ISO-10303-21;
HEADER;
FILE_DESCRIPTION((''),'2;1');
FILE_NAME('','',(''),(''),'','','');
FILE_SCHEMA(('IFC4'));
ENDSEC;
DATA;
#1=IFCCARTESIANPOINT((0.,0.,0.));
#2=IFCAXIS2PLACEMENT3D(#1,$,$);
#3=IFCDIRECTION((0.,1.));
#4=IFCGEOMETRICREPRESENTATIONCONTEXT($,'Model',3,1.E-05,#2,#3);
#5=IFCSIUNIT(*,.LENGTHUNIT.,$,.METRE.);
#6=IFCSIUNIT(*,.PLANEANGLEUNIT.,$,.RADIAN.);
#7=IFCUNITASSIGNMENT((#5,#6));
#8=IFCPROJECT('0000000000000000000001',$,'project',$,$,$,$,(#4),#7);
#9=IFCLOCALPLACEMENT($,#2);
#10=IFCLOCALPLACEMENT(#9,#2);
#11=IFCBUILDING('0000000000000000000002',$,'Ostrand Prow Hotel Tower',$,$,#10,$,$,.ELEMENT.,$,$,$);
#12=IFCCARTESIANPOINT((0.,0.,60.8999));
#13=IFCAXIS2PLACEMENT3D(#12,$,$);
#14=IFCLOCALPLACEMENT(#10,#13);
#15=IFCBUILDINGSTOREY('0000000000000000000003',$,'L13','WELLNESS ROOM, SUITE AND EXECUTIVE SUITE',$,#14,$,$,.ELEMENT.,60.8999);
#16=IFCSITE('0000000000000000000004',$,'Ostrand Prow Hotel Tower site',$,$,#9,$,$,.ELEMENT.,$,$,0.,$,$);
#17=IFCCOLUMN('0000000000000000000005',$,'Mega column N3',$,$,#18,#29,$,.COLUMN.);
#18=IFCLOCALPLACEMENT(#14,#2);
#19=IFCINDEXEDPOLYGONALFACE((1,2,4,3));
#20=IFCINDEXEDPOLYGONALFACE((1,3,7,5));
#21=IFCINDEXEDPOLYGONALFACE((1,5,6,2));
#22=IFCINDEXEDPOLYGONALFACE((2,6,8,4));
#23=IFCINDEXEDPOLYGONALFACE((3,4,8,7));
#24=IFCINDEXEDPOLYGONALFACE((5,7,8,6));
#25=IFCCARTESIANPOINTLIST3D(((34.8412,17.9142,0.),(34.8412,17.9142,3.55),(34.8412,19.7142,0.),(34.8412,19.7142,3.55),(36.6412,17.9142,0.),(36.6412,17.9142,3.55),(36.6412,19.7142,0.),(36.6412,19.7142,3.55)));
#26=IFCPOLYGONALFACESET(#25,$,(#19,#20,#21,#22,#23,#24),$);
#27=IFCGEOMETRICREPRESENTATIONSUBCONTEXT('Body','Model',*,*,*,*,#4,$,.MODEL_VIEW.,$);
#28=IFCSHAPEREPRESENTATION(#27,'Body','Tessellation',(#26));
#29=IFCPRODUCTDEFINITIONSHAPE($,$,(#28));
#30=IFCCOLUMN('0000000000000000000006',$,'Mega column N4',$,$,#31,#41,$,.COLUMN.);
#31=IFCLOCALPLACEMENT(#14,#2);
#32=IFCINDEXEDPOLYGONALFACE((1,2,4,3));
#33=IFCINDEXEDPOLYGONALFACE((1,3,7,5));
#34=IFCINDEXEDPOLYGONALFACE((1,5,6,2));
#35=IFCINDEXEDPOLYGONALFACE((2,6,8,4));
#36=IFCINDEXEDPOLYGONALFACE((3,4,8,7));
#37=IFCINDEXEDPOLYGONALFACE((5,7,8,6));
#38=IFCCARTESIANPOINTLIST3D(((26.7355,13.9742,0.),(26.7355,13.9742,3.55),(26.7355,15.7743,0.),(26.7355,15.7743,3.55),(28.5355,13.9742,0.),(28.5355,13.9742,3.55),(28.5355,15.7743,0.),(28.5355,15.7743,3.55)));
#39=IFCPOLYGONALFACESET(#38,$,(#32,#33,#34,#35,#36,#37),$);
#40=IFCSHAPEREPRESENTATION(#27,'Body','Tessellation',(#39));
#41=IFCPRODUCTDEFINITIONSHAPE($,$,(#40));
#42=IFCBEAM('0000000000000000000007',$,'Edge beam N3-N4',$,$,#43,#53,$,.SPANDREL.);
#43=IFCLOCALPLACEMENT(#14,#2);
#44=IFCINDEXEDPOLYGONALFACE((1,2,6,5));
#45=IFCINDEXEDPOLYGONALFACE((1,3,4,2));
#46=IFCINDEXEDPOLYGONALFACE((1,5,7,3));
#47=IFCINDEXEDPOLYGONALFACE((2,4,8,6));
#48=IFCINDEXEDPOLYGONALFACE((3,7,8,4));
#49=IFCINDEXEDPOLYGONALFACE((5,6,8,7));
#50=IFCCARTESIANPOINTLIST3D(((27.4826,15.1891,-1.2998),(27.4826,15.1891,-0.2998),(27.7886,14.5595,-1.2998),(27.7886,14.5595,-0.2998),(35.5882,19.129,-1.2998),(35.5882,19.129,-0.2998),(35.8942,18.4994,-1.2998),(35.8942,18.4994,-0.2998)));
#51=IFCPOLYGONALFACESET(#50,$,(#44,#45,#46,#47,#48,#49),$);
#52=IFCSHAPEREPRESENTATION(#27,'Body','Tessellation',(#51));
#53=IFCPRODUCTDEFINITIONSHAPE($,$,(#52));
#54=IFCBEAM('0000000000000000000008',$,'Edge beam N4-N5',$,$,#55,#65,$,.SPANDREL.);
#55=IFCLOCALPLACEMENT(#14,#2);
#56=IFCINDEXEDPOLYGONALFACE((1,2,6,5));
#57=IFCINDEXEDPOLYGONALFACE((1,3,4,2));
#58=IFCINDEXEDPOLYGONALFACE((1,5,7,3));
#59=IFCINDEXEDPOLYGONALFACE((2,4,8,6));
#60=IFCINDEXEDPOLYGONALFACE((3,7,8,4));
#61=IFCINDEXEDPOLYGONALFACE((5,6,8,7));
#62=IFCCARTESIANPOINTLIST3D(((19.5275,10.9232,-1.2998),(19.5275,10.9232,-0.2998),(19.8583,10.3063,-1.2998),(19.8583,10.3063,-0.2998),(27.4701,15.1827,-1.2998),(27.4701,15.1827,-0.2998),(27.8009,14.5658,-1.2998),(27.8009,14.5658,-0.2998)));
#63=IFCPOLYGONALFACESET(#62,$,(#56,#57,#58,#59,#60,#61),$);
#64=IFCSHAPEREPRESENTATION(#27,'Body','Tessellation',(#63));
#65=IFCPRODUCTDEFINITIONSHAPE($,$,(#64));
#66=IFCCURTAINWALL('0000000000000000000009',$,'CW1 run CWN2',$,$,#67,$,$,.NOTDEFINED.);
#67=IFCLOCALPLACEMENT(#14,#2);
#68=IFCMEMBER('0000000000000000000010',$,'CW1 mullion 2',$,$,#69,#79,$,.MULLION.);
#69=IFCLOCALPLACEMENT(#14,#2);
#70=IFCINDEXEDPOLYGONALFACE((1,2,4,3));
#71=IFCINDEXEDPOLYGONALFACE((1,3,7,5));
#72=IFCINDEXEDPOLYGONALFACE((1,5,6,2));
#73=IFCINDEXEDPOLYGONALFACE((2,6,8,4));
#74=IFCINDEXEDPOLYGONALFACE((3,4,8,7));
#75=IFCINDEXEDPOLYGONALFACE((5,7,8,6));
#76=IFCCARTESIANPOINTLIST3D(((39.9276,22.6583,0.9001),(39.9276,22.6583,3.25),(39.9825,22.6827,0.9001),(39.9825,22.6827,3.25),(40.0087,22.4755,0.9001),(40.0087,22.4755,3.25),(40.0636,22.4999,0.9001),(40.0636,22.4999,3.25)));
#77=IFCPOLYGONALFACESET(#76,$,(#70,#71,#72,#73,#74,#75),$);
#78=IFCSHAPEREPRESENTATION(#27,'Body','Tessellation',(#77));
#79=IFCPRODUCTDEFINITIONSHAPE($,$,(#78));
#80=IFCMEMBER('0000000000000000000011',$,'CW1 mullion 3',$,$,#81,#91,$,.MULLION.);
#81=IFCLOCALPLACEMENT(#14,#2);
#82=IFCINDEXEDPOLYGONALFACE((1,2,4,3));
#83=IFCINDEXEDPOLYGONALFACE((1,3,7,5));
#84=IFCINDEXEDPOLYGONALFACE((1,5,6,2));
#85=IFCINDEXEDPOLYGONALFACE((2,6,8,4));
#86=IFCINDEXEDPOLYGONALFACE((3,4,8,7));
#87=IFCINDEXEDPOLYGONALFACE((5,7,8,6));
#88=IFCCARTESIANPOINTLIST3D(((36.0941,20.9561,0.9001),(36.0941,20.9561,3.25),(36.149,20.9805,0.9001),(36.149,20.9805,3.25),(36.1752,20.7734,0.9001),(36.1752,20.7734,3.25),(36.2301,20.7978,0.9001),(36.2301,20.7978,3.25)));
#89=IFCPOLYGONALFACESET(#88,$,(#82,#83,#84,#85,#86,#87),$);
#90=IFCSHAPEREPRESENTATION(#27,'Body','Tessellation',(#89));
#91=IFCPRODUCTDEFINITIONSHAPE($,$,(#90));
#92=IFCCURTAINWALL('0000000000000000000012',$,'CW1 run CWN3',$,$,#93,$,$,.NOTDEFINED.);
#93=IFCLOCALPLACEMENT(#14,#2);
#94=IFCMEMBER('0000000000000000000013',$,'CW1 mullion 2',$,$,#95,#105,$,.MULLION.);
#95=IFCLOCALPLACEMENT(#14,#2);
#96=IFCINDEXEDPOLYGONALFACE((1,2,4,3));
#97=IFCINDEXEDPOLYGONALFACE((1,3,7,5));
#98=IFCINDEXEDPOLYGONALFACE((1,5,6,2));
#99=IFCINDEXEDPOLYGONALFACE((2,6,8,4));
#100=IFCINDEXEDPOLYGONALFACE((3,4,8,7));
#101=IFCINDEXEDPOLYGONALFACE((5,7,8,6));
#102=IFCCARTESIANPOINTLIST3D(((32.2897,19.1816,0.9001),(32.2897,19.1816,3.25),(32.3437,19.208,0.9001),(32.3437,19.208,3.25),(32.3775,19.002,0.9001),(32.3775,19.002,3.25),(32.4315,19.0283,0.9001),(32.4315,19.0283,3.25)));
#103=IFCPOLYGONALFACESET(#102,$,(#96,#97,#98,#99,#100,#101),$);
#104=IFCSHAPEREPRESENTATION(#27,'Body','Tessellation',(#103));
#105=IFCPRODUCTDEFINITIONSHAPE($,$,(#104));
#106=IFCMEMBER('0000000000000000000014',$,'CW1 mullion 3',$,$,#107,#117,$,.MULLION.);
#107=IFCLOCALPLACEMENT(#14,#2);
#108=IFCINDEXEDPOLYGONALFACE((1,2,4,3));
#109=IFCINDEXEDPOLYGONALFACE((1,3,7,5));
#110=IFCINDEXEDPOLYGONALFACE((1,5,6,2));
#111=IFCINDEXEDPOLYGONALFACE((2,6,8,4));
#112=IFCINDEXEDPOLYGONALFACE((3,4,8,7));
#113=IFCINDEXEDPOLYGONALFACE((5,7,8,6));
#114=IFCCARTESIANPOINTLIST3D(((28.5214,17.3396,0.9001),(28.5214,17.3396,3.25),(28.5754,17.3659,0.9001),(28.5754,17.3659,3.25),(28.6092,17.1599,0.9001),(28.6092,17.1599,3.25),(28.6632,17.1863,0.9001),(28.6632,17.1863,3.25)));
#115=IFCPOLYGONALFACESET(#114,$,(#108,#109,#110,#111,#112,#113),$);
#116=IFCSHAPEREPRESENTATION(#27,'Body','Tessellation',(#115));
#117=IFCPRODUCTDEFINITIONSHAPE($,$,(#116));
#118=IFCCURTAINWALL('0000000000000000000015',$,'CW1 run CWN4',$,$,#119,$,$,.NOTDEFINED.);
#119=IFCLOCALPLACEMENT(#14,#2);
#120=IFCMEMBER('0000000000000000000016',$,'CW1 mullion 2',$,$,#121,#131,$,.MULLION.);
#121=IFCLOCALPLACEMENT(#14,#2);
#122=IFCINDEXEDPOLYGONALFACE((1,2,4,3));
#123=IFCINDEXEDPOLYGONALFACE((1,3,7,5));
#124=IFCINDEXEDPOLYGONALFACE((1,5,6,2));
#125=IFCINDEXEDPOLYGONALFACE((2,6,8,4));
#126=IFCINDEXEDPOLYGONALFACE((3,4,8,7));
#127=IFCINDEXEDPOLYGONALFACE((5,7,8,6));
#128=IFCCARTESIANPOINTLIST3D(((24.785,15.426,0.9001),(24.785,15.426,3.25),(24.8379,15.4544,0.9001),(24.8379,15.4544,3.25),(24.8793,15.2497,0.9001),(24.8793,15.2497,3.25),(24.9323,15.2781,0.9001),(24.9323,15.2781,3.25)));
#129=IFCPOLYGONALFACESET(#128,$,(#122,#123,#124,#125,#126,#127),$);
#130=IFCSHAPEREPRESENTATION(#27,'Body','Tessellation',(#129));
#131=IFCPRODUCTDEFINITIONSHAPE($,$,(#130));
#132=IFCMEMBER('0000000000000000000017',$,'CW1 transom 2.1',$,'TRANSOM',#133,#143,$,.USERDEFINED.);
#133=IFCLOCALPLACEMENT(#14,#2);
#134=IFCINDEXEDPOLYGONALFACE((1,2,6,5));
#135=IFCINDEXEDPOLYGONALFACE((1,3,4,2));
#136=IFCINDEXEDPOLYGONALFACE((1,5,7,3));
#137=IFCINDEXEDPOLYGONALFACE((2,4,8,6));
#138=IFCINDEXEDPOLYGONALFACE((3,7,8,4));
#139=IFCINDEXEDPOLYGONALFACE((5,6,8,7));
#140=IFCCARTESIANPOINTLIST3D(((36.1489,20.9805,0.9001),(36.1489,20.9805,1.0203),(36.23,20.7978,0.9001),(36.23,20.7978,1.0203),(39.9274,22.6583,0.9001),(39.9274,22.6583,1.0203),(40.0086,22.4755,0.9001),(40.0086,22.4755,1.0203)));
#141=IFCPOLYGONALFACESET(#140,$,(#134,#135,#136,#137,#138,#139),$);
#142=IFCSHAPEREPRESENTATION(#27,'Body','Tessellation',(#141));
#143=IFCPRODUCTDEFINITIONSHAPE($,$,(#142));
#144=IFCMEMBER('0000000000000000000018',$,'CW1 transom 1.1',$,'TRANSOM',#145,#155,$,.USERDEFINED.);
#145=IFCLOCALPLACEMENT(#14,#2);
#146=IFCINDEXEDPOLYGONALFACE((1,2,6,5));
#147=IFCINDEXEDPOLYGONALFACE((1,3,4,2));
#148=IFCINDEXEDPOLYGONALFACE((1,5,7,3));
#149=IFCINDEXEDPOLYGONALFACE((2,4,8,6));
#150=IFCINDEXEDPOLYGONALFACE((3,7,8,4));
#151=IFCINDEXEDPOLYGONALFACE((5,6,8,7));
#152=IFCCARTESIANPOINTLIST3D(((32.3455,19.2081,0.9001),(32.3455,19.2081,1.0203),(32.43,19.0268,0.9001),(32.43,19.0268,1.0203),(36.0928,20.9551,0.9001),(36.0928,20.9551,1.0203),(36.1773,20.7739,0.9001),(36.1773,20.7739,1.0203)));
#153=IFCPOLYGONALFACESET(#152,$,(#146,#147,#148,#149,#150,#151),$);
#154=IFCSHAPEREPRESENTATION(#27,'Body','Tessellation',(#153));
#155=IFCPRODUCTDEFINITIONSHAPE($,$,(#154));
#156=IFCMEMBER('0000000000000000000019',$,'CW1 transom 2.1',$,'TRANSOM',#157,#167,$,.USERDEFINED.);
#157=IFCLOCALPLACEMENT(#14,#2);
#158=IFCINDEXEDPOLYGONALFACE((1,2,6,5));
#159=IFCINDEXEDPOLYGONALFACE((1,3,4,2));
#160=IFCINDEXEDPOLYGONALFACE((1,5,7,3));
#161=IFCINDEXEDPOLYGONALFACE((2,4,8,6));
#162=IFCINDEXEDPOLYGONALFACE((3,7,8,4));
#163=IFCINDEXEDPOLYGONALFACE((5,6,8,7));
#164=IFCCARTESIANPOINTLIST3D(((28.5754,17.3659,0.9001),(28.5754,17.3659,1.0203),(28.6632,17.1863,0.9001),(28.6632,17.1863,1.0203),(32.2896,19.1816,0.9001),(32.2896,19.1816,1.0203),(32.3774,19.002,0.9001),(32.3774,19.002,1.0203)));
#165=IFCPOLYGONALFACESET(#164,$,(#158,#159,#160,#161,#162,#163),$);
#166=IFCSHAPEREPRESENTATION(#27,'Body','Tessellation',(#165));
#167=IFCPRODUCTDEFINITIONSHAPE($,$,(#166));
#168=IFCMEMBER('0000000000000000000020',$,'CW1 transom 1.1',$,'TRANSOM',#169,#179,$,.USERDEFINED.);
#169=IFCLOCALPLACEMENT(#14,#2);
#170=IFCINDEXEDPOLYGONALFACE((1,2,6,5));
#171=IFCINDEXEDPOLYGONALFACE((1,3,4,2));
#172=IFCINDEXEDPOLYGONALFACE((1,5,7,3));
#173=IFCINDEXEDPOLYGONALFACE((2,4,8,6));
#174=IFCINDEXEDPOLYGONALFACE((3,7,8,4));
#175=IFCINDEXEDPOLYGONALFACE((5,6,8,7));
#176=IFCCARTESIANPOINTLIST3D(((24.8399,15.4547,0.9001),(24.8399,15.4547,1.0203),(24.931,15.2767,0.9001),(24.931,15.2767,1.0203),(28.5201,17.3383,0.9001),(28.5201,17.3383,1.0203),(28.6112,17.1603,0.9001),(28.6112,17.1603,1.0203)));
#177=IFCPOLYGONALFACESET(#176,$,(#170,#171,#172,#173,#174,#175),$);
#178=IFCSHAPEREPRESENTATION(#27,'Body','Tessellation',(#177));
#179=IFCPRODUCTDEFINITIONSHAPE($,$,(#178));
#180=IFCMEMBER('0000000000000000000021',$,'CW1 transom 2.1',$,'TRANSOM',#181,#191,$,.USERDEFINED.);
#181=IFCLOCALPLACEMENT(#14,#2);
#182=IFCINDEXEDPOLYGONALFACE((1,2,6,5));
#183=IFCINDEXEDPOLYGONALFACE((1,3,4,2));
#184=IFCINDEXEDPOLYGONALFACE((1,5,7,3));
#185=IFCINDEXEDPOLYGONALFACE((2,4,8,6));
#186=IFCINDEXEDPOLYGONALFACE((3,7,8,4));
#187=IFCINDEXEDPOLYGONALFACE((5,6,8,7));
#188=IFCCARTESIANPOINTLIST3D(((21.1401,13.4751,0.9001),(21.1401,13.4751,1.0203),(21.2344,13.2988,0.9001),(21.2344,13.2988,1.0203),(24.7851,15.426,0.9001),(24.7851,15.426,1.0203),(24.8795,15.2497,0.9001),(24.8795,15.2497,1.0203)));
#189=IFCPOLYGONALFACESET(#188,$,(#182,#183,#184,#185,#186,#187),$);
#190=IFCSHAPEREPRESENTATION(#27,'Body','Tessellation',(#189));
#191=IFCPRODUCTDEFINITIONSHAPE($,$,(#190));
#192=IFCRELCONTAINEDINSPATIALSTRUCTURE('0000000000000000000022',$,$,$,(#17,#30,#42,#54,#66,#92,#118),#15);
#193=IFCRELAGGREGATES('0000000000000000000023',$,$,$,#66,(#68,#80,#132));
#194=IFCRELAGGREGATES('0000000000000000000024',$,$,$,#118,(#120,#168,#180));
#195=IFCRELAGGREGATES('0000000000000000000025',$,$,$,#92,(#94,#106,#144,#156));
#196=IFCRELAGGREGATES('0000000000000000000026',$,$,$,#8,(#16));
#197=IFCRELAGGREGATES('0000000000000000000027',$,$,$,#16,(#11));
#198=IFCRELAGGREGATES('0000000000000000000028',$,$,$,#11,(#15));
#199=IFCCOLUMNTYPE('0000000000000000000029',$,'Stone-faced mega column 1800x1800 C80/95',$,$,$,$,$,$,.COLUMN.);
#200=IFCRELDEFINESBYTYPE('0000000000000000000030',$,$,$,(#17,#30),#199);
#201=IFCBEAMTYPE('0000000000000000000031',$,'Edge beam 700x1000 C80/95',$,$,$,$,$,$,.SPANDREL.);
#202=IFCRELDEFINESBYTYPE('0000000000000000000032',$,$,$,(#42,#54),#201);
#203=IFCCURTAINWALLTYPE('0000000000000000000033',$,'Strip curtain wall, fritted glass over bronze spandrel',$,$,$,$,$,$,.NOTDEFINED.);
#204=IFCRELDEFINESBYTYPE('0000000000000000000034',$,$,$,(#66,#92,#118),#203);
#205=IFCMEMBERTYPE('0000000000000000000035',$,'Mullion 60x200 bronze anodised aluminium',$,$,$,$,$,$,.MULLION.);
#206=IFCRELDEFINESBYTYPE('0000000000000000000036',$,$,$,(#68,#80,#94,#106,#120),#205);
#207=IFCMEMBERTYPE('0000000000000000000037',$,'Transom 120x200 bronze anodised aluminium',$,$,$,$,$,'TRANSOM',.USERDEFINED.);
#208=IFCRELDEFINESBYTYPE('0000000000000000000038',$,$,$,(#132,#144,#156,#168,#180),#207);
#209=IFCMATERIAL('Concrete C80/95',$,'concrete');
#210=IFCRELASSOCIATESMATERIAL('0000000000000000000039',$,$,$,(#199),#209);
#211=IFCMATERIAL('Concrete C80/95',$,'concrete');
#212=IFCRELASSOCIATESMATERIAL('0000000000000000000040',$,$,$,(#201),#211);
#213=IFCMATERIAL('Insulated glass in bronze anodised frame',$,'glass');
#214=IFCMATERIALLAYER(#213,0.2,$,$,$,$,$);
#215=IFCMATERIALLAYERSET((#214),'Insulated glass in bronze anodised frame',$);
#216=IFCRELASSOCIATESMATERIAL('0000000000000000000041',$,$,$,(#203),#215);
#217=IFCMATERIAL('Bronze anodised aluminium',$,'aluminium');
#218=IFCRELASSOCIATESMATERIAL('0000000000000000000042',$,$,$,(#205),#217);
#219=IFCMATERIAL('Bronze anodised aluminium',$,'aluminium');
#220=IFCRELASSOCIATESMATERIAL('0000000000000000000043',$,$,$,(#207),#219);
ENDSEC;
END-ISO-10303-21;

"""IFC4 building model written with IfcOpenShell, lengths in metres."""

from ifc_helpers import new_model, si_unit, direction, frame, origin, origin_2d, place, context, subcontext, project, spatial, rectangle, extrude, material, layer, layer_set, material_profile, profile_set, type_object, element, aggregate, save


model = new_model("IFC4")

# Units and contexts
model_context = context("Model", 3, precision=1e-05, world=origin(), true_north=direction((0.0, 1.0)))
body_context = subcontext(model_context, "Body", "Model", "MODEL_VIEW")
ifc_project = project(units=[si_unit("LENGTHUNIT", "METRE"), si_unit("PLANEANGLEUNIT", "RADIAN")], contexts=[model_context])

# Site, building, storey
site_placement = place(None, origin())
site = spatial("IfcSite", under=ifc_project, at=site_placement, Name="Ostrand Prow Hotel Tower site", CompositionType="ELEMENT", RefElevation=0.0)
building_placement = place(site_placement, origin())
building = spatial("IfcBuilding", under=site, at=building_placement, Name="Ostrand Prow Hotel Tower", CompositionType="ELEMENT")
storey_placement = place(building_placement, frame((0.0, 0.0, 60.8999)))
storey = spatial("IfcBuildingStorey", under=building, at=storey_placement, Name="L13", Description="WELLNESS ROOM, SUITE AND EXECUTIVE SUITE", CompositionType="ELEMENT", Elevation=60.8999)

# Columns
ifc_material_1 = material(Name="Concrete C80/95", Category="concrete")
ifc_material_profile_1 = material_profile(ifc_material_1, rectangle(XDim=1.8, YDim=1.8, at=origin_2d()), Name="RC 1800x1800")
ifc_profile_set_1 = profile_set([ifc_material_profile_1], Name="Concrete C80/95")
column_type = type_object("IfcColumnType", Name="Stone-faced mega column 1800x1800 C80/95", PredefinedType="COLUMN", material=ifc_profile_set_1)
for number, where, z_axis, x_axis, name in (
    (1, (35.7412, 18.8142, 0.0), (0.0, 0.0, 1.0), (1.0, 0.0, 0.0), "Mega column N3"),
    (2, (27.6355, 14.8743, 0.0), (0.0, 0.0, 1.0), (1.0, 0.0, 0.0), "Mega column N4"),
):
    element("IfcColumn", number, at=place(storey_placement, frame(where, z_axis=z_axis, x_axis=x_axis)), inside=storey, type_object=column_type, Name=name, PredefinedType="COLUMN", context=body_context, shape_type="SweptSolid", body=[
        extrude(rectangle(XDim=1.8, YDim=1.8, at=origin_2d()), origin(), (0.0, 0.0, 1.0), 3.55),
    ])

# Beams
ifc_material_2 = material(Name="Concrete C80/95", Category="concrete")
ifc_material_profile_2 = material_profile(ifc_material_2, rectangle(XDim=0.7, YDim=1.0, at=origin_2d()), Name="RC 700x1000")
ifc_profile_set_2 = profile_set([ifc_material_profile_2], Name="Concrete C80/95")
beam_type = type_object("IfcBeamType", Name="Edge beam 700x1000 C80/95", PredefinedType="SPANDREL", material=ifc_profile_set_2)
beam_1_placement = place(storey_placement, frame((35.7412, 18.8142, -0.7998), z_axis=(-0.899382, -0.437163, 0.0), x_axis=(0.437163, -0.899382, 0.0)))
element("IfcBeam", 3, at=beam_1_placement, inside=storey, type_object=beam_type, Name="Edge beam N3-N4", PredefinedType="SPANDREL", context=body_context, shape_type="SweptSolid", body=[
    extrude(rectangle(XDim=0.7, YDim=1.0, at=origin_2d()), origin(), (0.0, 0.0, 1.0), 9.0125),
])
beam_2_placement = place(storey_placement, frame((27.6355, 14.8743, -0.7998), z_axis=(-0.88127, -0.472613, 0.0), x_axis=(0.472613, -0.88127, 0.0)))
element("IfcBeam", 4, at=beam_2_placement, inside=storey, type_object=beam_type, Name="Edge beam N4-N5", PredefinedType="SPANDREL", context=body_context, shape_type="SweptSolid", body=[
    extrude(rectangle(XDim=0.7, YDim=1.0, at=origin_2d()), origin(), (0.0, 0.0, 1.0), 9.0127),
])

# Curtain walls, members
ifc_material_3 = material(Name="Insulated glass in bronze anodised frame", Category="glass")
ifc_layer_1 = layer(ifc_material_3, 0.2)
ifc_layer_set_1 = layer_set([ifc_layer_1], Name="Insulated glass in bronze anodised frame")
curtain_wall_type = type_object("IfcCurtainWallType", Name="Strip curtain wall, fritted glass over bronze spandrel", PredefinedType="NOTDEFINED", material=ifc_layer_set_1)
curtain_wall_1_placement = place(storey_placement, origin())
curtain_wall_1 = element("IfcCurtainWall", 5, at=curtain_wall_1_placement, inside=storey, type_object=curtain_wall_type, Name="CW1 run CWN2", PredefinedType="NOTDEFINED")
ifc_material_4 = material(Name="Bronze anodised aluminium", Category="aluminium")
ifc_material_profile_3 = material_profile(ifc_material_4, rectangle(XDim=0.2, YDim=0.0601, at=origin_2d()), Name="Mullion 60x200 bronze anodised aluminium")
ifc_profile_set_3 = profile_set([ifc_material_profile_3], Name="Bronze anodised aluminium")
member_type_1 = type_object("IfcMemberType", Name="Mullion 60x200 bronze anodised aluminium", PredefinedType="MULLION", material=ifc_profile_set_3)
member_1_placement = place(storey_placement, frame((39.9956, 22.5791, 0.9001), z_axis=(0.0, 0.0, 1.0), x_axis=(0.40578, -0.913971, 0.0)))
member_1 = element("IfcMember", 6, at=member_1_placement, type_object=member_type_1, Name="CW1 mullion 2", PredefinedType="MULLION", context=body_context, shape_type="SweptSolid", body=[
    extrude(rectangle(XDim=0.2, YDim=0.0601, at=origin_2d()), origin(), (0.0, 0.0, 1.0), 2.3499),
])
member_2_placement = place(storey_placement, frame((36.1621, 20.877, 0.9001), z_axis=(0.0, 0.0, 1.0), x_axis=(0.40578, -0.913971, 0.0)))
member_2 = element("IfcMember", 7, at=member_2_placement, type_object=member_type_1, Name="CW1 mullion 3", PredefinedType="MULLION", context=body_context, shape_type="SweptSolid", body=[
    extrude(rectangle(XDim=0.2, YDim=0.0601, at=origin_2d()), origin(), (0.0, 0.0, 1.0), 2.3499),
])
curtain_wall_2_placement = place(storey_placement, origin())
curtain_wall_2 = element("IfcCurtainWall", 8, at=curtain_wall_2_placement, inside=storey, type_object=curtain_wall_type, Name="CW1 run CWN3", PredefinedType="NOTDEFINED")
member_3_placement = place(storey_placement, frame((32.3606, 19.105, 0.9001), z_axis=(0.0, 0.0, 1.0), x_axis=(0.439138, -0.89842, 0.0)))
member_3 = element("IfcMember", 9, at=member_3_placement, type_object=member_type_1, Name="CW1 mullion 2", PredefinedType="MULLION", context=body_context, shape_type="SweptSolid", body=[
    extrude(rectangle(XDim=0.2, YDim=0.0601, at=origin_2d()), origin(), (0.0, 0.0, 1.0), 2.3499),
])
member_4_placement = place(storey_placement, frame((28.5923, 17.2629, 0.9001), z_axis=(0.0, 0.0, 1.0), x_axis=(0.439138, -0.89842, 0.0)))
member_4 = element("IfcMember", 10, at=member_4_placement, type_object=member_type_1, Name="CW1 mullion 3", PredefinedType="MULLION", context=body_context, shape_type="SweptSolid", body=[
    extrude(rectangle(XDim=0.2, YDim=0.0601, at=origin_2d()), origin(), (0.0, 0.0, 1.0), 2.3499),
])

# Curtain wall, member
curtain_wall_3_placement = place(storey_placement, origin())
curtain_wall_3 = element("IfcCurtainWall", 11, at=curtain_wall_3_placement, inside=storey, type_object=curtain_wall_type, Name="CW1 run CWN4", PredefinedType="NOTDEFINED")
member_5_placement = place(storey_placement, frame((24.8586, 15.3521, 0.9001), z_axis=(0.0, 0.0, 1.0), x_axis=(0.4719, -0.881652, 0.0)))
member_5 = element("IfcMember", 12, at=member_5_placement, type_object=member_type_1, Name="CW1 mullion 2", PredefinedType="MULLION", context=body_context, shape_type="SweptSolid", body=[
    extrude(rectangle(XDim=0.2, YDim=0.0601, at=origin_2d()), origin(), (0.0, 0.0, 1.0), 2.3499),
])

# Members
ifc_material_5 = material(Name="Bronze anodised aluminium", Category="aluminium")
ifc_material_profile_4 = material_profile(ifc_material_5, rectangle(XDim=0.2, YDim=0.1201, at=origin_2d()), Name="Transom 120x200 bronze anodised aluminium")
ifc_profile_set_4 = profile_set([ifc_material_profile_4], Name="Bronze anodised aluminium")
member_type_2 = type_object("IfcMemberType", Name="Transom 120x200 bronze anodised aluminium", ElementType="TRANSOM", PredefinedType="USERDEFINED", material=ifc_profile_set_4)
member_6_placement = place(storey_placement, frame((39.968, 22.5669, 0.9602), z_axis=(-0.913958, -0.40581, 0.0), x_axis=(0.40581, -0.913958, 0.0)))
member_6 = element("IfcMember", 13, at=member_6_placement, type_object=member_type_2, Name="CW1 transom 2.1", ObjectType="TRANSOM", PredefinedType="USERDEFINED", context=body_context, shape_type="SweptSolid", body=[
    extrude(rectangle(XDim=0.2, YDim=0.1201, at=origin_2d()), origin(), (0.0, 0.0, 1.0), 4.1343),
])
member_7_placement = place(storey_placement, frame((36.135, 20.8645, 0.9602), z_axis=(-0.906338, -0.422552, 0.0), x_axis=(0.422552, -0.906338, 0.0)))
member_7 = element("IfcMember", 14, at=member_7_placement, type_object=member_type_2, Name="CW1 transom 1.1", ObjectType="TRANSOM", PredefinedType="USERDEFINED", context=body_context, shape_type="SweptSolid", body=[
    extrude(rectangle(XDim=0.2, YDim=0.1201, at=origin_2d()), origin(), (0.0, 0.0, 1.0), 4.1345),
])
member_8_placement = place(storey_placement, frame((32.3335, 19.0918, 0.9602), z_axis=(-0.898395, -0.439188, 0.0), x_axis=(0.439188, -0.898395, 0.0)))
member_8 = element("IfcMember", 15, at=member_8_placement, type_object=member_type_2, Name="CW1 transom 2.1", ObjectType="TRANSOM", PredefinedType="USERDEFINED", context=body_context, shape_type="SweptSolid", body=[
    extrude(rectangle(XDim=0.2, YDim=0.1201, at=origin_2d()), origin(), (0.0, 0.0, 1.0), 4.1343),
])
member_9_placement = place(storey_placement, frame((28.5657, 17.2493, 0.9602), z_axis=(-0.890183, -0.455603, 0.0), x_axis=(0.455603, -0.890183, 0.0)))
member_9 = element("IfcMember", 16, at=member_9_placement, type_object=member_type_2, Name="CW1 transom 1.1", ObjectType="TRANSOM", PredefinedType="USERDEFINED", context=body_context, shape_type="SweptSolid", body=[
    extrude(rectangle(XDim=0.2, YDim=0.1201, at=origin_2d()), origin(), (0.0, 0.0, 1.0), 4.1343),
])
member_10_placement = place(storey_placement, frame((24.8323, 15.3379, 0.9602), z_axis=(-0.881657, -0.47189, 0.0), x_axis=(0.47189, -0.881657, 0.0)))
member_10 = element("IfcMember", 17, at=member_10_placement, type_object=member_type_2, Name="CW1 transom 2.1", ObjectType="TRANSOM", PredefinedType="USERDEFINED", context=body_context, shape_type="SweptSolid", body=[
    extrude(rectangle(XDim=0.2, YDim=0.1201, at=origin_2d()), origin(), (0.0, 0.0, 1.0), 4.1343),
])

aggregate(curtain_wall_1, [member_1, member_2, member_6])
aggregate(curtain_wall_3, [member_5, member_9, member_10])
aggregate(curtain_wall_2, [member_3, member_4, member_7, member_8])

save(model, "model.ifc")
